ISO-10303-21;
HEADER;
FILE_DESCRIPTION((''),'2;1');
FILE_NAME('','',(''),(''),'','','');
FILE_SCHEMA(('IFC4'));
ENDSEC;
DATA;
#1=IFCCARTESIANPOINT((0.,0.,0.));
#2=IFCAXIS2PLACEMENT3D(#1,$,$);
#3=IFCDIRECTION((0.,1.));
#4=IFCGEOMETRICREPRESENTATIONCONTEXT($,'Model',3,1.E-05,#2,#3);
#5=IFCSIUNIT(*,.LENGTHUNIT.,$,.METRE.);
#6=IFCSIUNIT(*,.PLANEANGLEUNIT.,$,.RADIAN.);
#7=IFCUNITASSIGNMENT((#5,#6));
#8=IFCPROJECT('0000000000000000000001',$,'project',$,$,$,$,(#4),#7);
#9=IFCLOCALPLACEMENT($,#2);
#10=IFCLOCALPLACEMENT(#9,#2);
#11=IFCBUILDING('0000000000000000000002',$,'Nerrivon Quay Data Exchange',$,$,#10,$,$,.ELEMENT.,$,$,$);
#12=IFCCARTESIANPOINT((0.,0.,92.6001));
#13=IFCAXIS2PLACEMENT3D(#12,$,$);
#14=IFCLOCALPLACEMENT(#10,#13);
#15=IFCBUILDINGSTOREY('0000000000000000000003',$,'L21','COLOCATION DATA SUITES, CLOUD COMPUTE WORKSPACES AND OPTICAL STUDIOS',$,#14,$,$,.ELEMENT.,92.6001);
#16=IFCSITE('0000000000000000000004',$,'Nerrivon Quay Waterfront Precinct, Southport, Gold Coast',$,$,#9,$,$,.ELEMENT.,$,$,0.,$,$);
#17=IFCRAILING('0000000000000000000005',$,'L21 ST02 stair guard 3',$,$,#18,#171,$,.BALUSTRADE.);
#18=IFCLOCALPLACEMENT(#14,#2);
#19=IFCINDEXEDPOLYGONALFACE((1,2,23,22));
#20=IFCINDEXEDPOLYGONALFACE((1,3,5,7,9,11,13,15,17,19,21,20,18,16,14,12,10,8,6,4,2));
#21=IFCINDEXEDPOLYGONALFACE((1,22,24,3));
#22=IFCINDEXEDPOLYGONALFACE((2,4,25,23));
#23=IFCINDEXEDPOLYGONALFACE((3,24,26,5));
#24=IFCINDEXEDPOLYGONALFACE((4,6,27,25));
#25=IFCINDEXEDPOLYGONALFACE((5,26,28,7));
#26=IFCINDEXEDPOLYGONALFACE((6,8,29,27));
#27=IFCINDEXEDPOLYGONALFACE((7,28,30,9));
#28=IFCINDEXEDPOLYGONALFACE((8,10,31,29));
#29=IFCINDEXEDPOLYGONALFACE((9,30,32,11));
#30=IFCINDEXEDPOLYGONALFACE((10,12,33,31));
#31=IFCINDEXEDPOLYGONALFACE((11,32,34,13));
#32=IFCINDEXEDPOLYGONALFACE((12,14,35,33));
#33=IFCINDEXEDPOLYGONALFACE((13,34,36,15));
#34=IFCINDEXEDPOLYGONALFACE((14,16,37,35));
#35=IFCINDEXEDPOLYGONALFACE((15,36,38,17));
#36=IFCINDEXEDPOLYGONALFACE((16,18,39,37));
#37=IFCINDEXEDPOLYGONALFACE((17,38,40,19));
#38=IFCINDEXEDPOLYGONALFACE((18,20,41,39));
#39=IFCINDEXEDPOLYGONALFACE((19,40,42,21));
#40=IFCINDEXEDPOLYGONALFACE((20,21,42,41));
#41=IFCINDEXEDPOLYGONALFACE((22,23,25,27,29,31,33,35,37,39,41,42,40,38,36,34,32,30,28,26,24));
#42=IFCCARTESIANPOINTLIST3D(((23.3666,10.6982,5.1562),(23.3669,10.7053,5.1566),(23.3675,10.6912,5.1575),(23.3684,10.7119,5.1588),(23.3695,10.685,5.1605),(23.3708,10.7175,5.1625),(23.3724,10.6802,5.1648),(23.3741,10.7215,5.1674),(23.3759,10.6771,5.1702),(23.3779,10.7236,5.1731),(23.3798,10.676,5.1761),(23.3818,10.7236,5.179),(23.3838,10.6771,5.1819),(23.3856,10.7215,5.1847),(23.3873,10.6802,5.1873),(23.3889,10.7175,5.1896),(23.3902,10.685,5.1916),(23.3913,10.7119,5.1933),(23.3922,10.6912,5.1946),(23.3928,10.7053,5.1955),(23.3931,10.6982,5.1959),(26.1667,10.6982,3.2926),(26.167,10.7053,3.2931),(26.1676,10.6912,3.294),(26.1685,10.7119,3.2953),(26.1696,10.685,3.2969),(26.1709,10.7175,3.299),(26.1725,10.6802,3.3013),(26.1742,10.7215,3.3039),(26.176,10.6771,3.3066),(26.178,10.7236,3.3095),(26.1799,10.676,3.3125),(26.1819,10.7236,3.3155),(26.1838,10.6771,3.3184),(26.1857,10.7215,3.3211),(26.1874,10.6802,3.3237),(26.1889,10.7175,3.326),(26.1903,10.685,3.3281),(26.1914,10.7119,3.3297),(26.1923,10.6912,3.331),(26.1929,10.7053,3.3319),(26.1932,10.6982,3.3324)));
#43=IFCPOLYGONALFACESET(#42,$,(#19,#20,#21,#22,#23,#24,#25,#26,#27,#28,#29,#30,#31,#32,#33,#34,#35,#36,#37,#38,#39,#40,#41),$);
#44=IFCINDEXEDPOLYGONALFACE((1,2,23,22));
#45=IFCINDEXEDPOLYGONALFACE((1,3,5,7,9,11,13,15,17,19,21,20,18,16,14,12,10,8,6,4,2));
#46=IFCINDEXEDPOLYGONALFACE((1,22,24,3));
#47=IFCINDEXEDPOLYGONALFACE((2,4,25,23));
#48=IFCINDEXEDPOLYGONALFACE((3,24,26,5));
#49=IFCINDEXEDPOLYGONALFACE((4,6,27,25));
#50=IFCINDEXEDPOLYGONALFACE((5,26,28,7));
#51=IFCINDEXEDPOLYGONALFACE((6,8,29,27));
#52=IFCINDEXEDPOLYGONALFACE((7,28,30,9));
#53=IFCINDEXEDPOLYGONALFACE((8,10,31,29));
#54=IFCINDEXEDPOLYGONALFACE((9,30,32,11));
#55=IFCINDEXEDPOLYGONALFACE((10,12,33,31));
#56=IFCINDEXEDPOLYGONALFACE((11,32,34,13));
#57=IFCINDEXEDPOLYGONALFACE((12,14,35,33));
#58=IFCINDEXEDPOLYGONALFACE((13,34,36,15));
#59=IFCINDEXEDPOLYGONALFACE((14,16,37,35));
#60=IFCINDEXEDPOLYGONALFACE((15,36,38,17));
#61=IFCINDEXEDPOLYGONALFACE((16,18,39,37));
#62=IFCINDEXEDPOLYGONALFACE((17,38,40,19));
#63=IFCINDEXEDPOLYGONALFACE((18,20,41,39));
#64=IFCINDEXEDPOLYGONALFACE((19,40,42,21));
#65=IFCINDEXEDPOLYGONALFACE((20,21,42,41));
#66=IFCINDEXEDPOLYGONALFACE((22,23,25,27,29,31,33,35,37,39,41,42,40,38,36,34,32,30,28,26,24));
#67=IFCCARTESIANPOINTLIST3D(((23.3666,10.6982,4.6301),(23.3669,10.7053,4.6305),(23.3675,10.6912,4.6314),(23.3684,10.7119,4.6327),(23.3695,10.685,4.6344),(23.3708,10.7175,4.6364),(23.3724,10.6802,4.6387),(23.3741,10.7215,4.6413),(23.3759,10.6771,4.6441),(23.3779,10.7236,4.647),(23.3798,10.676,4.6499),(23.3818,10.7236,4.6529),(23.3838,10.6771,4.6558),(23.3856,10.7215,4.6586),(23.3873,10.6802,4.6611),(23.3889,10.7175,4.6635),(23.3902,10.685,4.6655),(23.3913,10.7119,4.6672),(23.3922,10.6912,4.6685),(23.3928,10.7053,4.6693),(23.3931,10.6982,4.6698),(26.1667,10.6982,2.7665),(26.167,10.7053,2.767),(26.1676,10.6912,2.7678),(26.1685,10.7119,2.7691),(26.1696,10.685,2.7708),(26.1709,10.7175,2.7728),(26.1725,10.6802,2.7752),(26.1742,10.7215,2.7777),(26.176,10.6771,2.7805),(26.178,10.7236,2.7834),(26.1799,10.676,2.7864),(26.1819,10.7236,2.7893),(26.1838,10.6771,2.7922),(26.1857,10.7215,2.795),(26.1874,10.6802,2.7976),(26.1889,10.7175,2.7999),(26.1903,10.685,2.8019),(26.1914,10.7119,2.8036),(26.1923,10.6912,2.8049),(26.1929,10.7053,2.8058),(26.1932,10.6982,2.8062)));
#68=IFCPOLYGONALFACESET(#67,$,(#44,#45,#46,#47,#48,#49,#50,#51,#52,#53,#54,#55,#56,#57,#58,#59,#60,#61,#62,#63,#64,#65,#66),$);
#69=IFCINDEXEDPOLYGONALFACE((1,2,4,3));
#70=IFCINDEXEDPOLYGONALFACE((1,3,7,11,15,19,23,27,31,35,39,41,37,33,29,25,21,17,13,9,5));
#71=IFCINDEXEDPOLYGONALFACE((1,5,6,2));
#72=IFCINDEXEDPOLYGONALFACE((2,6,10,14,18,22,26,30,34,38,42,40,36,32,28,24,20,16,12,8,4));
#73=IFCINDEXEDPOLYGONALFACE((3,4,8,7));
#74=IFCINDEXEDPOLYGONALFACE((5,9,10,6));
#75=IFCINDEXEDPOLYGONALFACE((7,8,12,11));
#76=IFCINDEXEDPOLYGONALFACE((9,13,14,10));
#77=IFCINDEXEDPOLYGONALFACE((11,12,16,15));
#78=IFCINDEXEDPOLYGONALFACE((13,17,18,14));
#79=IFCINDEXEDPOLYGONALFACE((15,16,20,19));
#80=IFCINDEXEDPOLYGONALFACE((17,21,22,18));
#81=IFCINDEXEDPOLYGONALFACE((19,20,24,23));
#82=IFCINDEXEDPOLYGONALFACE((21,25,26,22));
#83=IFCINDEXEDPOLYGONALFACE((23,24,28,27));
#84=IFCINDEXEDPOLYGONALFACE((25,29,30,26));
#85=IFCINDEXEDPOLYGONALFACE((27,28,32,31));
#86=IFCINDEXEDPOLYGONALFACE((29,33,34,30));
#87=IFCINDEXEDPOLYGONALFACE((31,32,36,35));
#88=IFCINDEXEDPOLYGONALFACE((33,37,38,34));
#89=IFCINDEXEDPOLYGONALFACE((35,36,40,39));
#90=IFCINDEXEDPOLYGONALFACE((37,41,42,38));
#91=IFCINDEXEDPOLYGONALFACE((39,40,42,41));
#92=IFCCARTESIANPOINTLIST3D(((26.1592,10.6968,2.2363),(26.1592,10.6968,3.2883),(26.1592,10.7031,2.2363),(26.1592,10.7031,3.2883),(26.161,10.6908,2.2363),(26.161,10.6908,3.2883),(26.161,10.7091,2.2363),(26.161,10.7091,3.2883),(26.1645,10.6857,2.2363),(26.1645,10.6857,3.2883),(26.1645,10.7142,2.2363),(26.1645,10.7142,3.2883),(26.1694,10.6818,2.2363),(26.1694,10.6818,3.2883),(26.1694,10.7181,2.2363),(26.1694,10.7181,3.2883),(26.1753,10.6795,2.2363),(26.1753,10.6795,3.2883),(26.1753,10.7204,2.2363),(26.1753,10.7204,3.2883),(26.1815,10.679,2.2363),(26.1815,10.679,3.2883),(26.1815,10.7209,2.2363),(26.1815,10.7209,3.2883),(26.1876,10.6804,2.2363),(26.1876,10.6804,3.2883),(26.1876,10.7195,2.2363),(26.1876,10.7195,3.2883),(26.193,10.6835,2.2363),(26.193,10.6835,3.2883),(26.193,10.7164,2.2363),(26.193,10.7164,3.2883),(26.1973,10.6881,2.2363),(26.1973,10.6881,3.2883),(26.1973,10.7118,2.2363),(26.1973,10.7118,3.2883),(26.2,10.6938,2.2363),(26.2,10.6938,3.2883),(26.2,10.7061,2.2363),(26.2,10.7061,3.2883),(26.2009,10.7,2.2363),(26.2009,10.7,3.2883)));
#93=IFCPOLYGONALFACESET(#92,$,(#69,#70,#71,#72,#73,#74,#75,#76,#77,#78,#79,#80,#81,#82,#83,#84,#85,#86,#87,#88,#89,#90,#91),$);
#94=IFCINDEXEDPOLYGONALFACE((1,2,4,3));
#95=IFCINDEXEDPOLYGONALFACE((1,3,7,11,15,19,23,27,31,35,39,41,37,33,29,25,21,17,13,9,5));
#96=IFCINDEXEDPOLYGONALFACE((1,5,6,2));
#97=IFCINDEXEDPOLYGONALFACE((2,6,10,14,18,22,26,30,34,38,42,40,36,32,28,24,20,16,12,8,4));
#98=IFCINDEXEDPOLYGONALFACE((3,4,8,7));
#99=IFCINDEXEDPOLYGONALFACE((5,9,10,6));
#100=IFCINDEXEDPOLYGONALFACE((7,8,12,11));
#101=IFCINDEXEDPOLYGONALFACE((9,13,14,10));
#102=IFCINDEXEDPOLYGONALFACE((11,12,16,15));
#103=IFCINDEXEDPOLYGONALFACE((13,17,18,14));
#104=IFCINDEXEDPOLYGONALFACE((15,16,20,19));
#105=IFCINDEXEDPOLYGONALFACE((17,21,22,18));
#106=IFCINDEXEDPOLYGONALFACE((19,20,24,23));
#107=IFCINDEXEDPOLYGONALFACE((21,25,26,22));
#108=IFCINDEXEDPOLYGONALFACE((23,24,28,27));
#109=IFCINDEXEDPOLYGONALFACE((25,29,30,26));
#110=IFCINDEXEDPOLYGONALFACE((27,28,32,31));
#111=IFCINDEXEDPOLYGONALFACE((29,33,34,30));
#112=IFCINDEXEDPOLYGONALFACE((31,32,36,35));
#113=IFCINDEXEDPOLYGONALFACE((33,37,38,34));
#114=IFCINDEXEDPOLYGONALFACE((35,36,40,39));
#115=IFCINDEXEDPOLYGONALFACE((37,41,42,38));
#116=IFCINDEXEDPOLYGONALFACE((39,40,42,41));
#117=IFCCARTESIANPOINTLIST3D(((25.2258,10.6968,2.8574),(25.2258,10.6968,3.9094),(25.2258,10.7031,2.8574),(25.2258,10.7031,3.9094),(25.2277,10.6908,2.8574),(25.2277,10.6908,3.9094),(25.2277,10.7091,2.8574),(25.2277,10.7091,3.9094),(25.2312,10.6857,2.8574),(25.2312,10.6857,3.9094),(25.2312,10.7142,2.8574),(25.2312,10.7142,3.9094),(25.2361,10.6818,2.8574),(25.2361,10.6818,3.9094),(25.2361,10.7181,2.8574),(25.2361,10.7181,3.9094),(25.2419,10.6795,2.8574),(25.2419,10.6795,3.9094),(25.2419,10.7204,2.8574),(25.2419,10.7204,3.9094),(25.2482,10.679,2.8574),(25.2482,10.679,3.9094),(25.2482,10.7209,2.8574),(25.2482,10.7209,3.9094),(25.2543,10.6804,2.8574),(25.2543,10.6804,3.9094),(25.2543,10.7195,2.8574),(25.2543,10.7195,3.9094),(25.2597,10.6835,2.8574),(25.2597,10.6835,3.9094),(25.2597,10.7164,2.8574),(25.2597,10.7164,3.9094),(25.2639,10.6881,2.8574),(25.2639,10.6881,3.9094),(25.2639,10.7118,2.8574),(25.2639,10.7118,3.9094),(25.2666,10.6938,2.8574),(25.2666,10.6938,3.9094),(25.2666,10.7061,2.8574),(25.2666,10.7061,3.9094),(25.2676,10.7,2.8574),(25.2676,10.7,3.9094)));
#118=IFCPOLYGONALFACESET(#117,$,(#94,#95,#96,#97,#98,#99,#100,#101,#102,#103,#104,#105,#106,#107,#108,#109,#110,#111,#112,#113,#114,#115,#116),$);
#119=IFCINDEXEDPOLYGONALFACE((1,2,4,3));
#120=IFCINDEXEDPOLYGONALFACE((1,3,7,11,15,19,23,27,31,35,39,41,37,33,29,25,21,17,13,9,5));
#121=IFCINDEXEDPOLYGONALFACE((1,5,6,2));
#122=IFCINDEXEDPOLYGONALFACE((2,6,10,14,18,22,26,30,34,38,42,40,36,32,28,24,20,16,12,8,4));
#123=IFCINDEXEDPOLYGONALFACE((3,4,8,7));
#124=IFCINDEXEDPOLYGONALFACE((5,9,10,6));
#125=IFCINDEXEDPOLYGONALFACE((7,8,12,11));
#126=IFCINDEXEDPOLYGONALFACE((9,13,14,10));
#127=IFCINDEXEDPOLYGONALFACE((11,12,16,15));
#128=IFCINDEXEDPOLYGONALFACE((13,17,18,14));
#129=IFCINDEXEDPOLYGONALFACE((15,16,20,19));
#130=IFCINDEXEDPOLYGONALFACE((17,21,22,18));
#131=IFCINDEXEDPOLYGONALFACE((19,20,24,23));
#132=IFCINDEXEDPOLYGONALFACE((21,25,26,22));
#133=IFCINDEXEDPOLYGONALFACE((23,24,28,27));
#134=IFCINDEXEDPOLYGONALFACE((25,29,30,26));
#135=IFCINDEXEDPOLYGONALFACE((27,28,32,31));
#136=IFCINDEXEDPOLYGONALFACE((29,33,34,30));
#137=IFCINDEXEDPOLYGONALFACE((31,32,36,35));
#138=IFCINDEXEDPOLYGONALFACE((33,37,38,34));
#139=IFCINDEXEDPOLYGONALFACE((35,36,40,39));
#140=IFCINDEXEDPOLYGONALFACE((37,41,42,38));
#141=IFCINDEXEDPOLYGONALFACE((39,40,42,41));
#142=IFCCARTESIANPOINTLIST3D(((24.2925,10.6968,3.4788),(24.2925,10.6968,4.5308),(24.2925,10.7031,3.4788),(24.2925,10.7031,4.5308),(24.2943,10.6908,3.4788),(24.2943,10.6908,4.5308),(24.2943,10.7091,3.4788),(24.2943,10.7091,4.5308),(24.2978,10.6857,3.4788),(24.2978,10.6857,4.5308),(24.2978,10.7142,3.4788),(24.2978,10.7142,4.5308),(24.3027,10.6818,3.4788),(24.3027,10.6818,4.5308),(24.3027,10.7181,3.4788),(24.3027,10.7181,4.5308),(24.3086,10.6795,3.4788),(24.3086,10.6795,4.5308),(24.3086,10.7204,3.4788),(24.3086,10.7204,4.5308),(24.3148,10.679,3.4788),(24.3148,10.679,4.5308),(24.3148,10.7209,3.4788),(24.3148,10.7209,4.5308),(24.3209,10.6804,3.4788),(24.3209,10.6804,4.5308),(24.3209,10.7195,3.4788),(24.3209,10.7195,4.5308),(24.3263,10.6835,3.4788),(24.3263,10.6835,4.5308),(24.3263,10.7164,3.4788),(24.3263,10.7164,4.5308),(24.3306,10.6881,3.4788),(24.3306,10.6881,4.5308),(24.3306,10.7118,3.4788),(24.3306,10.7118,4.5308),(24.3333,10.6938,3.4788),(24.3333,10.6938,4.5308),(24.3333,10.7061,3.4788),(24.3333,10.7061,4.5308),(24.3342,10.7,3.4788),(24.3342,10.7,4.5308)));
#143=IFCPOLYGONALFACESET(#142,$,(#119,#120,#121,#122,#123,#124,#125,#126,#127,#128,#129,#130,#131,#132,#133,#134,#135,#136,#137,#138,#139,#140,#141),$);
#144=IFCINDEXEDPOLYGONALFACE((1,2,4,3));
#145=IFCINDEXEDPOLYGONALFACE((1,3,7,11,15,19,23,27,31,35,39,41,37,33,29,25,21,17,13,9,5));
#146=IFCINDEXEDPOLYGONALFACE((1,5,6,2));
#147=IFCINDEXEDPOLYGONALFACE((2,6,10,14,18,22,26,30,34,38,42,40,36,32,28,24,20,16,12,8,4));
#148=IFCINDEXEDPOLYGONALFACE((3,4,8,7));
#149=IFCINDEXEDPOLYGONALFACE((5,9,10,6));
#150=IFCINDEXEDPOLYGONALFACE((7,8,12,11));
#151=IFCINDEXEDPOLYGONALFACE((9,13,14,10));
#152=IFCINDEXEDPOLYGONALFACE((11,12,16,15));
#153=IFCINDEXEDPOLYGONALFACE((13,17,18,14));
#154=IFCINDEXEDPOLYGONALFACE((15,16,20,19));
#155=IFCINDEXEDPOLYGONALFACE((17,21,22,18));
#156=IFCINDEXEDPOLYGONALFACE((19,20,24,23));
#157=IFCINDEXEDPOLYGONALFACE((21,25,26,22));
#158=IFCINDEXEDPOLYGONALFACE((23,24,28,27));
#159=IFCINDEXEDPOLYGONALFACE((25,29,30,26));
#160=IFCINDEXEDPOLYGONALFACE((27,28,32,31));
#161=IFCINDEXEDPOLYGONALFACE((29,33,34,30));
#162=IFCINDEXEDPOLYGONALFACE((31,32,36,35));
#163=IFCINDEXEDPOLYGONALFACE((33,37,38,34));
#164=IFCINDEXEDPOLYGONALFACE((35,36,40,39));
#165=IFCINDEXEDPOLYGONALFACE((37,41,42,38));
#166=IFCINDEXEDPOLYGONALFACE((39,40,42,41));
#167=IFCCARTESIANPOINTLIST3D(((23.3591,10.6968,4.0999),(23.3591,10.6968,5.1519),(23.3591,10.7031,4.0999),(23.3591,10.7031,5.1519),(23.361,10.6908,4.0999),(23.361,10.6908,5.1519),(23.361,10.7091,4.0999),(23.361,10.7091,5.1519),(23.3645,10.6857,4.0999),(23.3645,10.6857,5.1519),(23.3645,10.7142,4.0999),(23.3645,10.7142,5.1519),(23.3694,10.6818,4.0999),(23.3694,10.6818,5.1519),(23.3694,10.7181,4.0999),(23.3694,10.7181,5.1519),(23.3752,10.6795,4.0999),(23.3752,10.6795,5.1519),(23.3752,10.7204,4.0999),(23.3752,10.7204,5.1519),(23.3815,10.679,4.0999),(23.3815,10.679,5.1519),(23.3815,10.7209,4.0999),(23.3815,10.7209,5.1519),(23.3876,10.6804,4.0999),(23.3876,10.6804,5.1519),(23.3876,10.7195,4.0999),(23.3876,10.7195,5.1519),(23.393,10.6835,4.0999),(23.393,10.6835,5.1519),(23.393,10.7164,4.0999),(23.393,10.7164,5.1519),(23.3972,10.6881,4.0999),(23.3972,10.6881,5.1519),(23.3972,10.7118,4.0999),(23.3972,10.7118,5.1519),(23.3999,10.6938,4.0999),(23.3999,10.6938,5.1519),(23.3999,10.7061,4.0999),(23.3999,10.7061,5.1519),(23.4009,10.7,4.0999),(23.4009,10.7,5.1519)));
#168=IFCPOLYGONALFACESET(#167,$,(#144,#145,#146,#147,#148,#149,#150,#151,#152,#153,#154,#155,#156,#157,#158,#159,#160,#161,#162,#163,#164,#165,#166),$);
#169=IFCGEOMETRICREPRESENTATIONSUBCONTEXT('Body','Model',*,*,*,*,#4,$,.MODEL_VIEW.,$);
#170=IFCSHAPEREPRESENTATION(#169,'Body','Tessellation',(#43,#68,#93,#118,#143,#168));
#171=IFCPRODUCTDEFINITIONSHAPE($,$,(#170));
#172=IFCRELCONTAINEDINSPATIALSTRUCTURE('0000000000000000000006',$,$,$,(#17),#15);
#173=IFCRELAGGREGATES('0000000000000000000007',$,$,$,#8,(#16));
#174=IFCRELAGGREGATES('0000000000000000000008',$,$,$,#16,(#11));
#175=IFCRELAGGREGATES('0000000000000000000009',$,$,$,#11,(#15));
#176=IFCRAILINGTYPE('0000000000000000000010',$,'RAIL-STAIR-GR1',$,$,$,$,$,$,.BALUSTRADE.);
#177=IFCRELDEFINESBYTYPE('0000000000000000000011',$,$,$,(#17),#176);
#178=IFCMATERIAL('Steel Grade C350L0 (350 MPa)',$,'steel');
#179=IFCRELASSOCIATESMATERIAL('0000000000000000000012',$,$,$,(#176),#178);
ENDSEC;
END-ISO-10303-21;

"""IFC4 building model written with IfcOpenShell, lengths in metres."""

from ifc_helpers import new_model, si_unit, direction, frame, origin, origin_2d, place, context, subcontext, project, spatial, circle, extrude, material, type_object, element, save


model = new_model("IFC4")

# Units and contexts
model_context = context("Model", 3, precision=1e-05, world=origin(), true_north=direction((0.0, 1.0)))
body_context = subcontext(model_context, "Body", "Model", "MODEL_VIEW")
ifc_project = project(units=[si_unit("LENGTHUNIT", "METRE"), si_unit("PLANEANGLEUNIT", "RADIAN")], contexts=[model_context])

# Site, building, storey
site_placement = place(None, origin())
site = spatial("IfcSite", under=ifc_project, at=site_placement, Name="Nerrivon Quay Waterfront Precinct, Southport, Gold Coast", CompositionType="ELEMENT", RefElevation=0.0)
building_placement = place(site_placement, origin())
building = spatial("IfcBuilding", under=site, at=building_placement, Name="Nerrivon Quay Data Exchange", CompositionType="ELEMENT")
storey_placement = place(building_placement, frame((0.0, 0.0, 92.6001)))
storey = spatial("IfcBuildingStorey", under=building, at=storey_placement, Name="L21", Description="COLOCATION DATA SUITES, CLOUD COMPUTE WORKSPACES AND OPTICAL STUDIOS", CompositionType="ELEMENT", Elevation=92.6001)

# Railing
ifc_material_1 = material(Name="Steel Grade C350L0 (350 MPa)", Category="steel")
railing_type_1 = type_object("IfcRailingType", Name="RAIL-STAIR-GR1", PredefinedType="BALUSTRADE", material=ifc_material_1)
railing_1_placement = place(storey_placement, frame((26.1799, 10.7, 2.2363)))
element("IfcRailing", 1, at=railing_1_placement, inside=storey, type_object=railing_type_1, Name="L21 ST02 stair guard 3", PredefinedType="BALUSTRADE", context=body_context, shape_type="SweptSolid", body=[
    extrude(circle(Radius=0.0239, at=origin_2d()), frame((0.0, 0.0, 1.0762), z_axis=(-0.832486, 0.0, 0.554047), x_axis=(0.0, -1.0, 0.0)), (0.0, 0.0, 1.0), 3.3635),
    extrude(circle(Radius=0.0239, at=origin_2d()), frame((0.0, 0.0, 0.55), z_axis=(-0.832486, 0.0, 0.554047), x_axis=(0.0, -1.0, 0.0)), (0.0, 0.0, 1.0), 3.3635),
    extrude(circle(Radius=0.021, at=origin_2d()), origin(), (0.0, 0.0, 1.0), 1.052),
    extrude(circle(Radius=0.021, at=origin_2d()), frame((-0.9333, 0.0, 0.6211)), (0.0, 0.0, 1.0), 1.052),
    extrude(circle(Radius=0.021, at=origin_2d()), frame((-1.8667, 0.0, 1.2424)), (0.0, 0.0, 1.0), 1.052),
    extrude(circle(Radius=0.021, at=origin_2d()), frame((-2.8, 0.0, 1.8635)), (0.0, 0.0, 1.0), 1.052),
])

save(model, "model.ifc")
